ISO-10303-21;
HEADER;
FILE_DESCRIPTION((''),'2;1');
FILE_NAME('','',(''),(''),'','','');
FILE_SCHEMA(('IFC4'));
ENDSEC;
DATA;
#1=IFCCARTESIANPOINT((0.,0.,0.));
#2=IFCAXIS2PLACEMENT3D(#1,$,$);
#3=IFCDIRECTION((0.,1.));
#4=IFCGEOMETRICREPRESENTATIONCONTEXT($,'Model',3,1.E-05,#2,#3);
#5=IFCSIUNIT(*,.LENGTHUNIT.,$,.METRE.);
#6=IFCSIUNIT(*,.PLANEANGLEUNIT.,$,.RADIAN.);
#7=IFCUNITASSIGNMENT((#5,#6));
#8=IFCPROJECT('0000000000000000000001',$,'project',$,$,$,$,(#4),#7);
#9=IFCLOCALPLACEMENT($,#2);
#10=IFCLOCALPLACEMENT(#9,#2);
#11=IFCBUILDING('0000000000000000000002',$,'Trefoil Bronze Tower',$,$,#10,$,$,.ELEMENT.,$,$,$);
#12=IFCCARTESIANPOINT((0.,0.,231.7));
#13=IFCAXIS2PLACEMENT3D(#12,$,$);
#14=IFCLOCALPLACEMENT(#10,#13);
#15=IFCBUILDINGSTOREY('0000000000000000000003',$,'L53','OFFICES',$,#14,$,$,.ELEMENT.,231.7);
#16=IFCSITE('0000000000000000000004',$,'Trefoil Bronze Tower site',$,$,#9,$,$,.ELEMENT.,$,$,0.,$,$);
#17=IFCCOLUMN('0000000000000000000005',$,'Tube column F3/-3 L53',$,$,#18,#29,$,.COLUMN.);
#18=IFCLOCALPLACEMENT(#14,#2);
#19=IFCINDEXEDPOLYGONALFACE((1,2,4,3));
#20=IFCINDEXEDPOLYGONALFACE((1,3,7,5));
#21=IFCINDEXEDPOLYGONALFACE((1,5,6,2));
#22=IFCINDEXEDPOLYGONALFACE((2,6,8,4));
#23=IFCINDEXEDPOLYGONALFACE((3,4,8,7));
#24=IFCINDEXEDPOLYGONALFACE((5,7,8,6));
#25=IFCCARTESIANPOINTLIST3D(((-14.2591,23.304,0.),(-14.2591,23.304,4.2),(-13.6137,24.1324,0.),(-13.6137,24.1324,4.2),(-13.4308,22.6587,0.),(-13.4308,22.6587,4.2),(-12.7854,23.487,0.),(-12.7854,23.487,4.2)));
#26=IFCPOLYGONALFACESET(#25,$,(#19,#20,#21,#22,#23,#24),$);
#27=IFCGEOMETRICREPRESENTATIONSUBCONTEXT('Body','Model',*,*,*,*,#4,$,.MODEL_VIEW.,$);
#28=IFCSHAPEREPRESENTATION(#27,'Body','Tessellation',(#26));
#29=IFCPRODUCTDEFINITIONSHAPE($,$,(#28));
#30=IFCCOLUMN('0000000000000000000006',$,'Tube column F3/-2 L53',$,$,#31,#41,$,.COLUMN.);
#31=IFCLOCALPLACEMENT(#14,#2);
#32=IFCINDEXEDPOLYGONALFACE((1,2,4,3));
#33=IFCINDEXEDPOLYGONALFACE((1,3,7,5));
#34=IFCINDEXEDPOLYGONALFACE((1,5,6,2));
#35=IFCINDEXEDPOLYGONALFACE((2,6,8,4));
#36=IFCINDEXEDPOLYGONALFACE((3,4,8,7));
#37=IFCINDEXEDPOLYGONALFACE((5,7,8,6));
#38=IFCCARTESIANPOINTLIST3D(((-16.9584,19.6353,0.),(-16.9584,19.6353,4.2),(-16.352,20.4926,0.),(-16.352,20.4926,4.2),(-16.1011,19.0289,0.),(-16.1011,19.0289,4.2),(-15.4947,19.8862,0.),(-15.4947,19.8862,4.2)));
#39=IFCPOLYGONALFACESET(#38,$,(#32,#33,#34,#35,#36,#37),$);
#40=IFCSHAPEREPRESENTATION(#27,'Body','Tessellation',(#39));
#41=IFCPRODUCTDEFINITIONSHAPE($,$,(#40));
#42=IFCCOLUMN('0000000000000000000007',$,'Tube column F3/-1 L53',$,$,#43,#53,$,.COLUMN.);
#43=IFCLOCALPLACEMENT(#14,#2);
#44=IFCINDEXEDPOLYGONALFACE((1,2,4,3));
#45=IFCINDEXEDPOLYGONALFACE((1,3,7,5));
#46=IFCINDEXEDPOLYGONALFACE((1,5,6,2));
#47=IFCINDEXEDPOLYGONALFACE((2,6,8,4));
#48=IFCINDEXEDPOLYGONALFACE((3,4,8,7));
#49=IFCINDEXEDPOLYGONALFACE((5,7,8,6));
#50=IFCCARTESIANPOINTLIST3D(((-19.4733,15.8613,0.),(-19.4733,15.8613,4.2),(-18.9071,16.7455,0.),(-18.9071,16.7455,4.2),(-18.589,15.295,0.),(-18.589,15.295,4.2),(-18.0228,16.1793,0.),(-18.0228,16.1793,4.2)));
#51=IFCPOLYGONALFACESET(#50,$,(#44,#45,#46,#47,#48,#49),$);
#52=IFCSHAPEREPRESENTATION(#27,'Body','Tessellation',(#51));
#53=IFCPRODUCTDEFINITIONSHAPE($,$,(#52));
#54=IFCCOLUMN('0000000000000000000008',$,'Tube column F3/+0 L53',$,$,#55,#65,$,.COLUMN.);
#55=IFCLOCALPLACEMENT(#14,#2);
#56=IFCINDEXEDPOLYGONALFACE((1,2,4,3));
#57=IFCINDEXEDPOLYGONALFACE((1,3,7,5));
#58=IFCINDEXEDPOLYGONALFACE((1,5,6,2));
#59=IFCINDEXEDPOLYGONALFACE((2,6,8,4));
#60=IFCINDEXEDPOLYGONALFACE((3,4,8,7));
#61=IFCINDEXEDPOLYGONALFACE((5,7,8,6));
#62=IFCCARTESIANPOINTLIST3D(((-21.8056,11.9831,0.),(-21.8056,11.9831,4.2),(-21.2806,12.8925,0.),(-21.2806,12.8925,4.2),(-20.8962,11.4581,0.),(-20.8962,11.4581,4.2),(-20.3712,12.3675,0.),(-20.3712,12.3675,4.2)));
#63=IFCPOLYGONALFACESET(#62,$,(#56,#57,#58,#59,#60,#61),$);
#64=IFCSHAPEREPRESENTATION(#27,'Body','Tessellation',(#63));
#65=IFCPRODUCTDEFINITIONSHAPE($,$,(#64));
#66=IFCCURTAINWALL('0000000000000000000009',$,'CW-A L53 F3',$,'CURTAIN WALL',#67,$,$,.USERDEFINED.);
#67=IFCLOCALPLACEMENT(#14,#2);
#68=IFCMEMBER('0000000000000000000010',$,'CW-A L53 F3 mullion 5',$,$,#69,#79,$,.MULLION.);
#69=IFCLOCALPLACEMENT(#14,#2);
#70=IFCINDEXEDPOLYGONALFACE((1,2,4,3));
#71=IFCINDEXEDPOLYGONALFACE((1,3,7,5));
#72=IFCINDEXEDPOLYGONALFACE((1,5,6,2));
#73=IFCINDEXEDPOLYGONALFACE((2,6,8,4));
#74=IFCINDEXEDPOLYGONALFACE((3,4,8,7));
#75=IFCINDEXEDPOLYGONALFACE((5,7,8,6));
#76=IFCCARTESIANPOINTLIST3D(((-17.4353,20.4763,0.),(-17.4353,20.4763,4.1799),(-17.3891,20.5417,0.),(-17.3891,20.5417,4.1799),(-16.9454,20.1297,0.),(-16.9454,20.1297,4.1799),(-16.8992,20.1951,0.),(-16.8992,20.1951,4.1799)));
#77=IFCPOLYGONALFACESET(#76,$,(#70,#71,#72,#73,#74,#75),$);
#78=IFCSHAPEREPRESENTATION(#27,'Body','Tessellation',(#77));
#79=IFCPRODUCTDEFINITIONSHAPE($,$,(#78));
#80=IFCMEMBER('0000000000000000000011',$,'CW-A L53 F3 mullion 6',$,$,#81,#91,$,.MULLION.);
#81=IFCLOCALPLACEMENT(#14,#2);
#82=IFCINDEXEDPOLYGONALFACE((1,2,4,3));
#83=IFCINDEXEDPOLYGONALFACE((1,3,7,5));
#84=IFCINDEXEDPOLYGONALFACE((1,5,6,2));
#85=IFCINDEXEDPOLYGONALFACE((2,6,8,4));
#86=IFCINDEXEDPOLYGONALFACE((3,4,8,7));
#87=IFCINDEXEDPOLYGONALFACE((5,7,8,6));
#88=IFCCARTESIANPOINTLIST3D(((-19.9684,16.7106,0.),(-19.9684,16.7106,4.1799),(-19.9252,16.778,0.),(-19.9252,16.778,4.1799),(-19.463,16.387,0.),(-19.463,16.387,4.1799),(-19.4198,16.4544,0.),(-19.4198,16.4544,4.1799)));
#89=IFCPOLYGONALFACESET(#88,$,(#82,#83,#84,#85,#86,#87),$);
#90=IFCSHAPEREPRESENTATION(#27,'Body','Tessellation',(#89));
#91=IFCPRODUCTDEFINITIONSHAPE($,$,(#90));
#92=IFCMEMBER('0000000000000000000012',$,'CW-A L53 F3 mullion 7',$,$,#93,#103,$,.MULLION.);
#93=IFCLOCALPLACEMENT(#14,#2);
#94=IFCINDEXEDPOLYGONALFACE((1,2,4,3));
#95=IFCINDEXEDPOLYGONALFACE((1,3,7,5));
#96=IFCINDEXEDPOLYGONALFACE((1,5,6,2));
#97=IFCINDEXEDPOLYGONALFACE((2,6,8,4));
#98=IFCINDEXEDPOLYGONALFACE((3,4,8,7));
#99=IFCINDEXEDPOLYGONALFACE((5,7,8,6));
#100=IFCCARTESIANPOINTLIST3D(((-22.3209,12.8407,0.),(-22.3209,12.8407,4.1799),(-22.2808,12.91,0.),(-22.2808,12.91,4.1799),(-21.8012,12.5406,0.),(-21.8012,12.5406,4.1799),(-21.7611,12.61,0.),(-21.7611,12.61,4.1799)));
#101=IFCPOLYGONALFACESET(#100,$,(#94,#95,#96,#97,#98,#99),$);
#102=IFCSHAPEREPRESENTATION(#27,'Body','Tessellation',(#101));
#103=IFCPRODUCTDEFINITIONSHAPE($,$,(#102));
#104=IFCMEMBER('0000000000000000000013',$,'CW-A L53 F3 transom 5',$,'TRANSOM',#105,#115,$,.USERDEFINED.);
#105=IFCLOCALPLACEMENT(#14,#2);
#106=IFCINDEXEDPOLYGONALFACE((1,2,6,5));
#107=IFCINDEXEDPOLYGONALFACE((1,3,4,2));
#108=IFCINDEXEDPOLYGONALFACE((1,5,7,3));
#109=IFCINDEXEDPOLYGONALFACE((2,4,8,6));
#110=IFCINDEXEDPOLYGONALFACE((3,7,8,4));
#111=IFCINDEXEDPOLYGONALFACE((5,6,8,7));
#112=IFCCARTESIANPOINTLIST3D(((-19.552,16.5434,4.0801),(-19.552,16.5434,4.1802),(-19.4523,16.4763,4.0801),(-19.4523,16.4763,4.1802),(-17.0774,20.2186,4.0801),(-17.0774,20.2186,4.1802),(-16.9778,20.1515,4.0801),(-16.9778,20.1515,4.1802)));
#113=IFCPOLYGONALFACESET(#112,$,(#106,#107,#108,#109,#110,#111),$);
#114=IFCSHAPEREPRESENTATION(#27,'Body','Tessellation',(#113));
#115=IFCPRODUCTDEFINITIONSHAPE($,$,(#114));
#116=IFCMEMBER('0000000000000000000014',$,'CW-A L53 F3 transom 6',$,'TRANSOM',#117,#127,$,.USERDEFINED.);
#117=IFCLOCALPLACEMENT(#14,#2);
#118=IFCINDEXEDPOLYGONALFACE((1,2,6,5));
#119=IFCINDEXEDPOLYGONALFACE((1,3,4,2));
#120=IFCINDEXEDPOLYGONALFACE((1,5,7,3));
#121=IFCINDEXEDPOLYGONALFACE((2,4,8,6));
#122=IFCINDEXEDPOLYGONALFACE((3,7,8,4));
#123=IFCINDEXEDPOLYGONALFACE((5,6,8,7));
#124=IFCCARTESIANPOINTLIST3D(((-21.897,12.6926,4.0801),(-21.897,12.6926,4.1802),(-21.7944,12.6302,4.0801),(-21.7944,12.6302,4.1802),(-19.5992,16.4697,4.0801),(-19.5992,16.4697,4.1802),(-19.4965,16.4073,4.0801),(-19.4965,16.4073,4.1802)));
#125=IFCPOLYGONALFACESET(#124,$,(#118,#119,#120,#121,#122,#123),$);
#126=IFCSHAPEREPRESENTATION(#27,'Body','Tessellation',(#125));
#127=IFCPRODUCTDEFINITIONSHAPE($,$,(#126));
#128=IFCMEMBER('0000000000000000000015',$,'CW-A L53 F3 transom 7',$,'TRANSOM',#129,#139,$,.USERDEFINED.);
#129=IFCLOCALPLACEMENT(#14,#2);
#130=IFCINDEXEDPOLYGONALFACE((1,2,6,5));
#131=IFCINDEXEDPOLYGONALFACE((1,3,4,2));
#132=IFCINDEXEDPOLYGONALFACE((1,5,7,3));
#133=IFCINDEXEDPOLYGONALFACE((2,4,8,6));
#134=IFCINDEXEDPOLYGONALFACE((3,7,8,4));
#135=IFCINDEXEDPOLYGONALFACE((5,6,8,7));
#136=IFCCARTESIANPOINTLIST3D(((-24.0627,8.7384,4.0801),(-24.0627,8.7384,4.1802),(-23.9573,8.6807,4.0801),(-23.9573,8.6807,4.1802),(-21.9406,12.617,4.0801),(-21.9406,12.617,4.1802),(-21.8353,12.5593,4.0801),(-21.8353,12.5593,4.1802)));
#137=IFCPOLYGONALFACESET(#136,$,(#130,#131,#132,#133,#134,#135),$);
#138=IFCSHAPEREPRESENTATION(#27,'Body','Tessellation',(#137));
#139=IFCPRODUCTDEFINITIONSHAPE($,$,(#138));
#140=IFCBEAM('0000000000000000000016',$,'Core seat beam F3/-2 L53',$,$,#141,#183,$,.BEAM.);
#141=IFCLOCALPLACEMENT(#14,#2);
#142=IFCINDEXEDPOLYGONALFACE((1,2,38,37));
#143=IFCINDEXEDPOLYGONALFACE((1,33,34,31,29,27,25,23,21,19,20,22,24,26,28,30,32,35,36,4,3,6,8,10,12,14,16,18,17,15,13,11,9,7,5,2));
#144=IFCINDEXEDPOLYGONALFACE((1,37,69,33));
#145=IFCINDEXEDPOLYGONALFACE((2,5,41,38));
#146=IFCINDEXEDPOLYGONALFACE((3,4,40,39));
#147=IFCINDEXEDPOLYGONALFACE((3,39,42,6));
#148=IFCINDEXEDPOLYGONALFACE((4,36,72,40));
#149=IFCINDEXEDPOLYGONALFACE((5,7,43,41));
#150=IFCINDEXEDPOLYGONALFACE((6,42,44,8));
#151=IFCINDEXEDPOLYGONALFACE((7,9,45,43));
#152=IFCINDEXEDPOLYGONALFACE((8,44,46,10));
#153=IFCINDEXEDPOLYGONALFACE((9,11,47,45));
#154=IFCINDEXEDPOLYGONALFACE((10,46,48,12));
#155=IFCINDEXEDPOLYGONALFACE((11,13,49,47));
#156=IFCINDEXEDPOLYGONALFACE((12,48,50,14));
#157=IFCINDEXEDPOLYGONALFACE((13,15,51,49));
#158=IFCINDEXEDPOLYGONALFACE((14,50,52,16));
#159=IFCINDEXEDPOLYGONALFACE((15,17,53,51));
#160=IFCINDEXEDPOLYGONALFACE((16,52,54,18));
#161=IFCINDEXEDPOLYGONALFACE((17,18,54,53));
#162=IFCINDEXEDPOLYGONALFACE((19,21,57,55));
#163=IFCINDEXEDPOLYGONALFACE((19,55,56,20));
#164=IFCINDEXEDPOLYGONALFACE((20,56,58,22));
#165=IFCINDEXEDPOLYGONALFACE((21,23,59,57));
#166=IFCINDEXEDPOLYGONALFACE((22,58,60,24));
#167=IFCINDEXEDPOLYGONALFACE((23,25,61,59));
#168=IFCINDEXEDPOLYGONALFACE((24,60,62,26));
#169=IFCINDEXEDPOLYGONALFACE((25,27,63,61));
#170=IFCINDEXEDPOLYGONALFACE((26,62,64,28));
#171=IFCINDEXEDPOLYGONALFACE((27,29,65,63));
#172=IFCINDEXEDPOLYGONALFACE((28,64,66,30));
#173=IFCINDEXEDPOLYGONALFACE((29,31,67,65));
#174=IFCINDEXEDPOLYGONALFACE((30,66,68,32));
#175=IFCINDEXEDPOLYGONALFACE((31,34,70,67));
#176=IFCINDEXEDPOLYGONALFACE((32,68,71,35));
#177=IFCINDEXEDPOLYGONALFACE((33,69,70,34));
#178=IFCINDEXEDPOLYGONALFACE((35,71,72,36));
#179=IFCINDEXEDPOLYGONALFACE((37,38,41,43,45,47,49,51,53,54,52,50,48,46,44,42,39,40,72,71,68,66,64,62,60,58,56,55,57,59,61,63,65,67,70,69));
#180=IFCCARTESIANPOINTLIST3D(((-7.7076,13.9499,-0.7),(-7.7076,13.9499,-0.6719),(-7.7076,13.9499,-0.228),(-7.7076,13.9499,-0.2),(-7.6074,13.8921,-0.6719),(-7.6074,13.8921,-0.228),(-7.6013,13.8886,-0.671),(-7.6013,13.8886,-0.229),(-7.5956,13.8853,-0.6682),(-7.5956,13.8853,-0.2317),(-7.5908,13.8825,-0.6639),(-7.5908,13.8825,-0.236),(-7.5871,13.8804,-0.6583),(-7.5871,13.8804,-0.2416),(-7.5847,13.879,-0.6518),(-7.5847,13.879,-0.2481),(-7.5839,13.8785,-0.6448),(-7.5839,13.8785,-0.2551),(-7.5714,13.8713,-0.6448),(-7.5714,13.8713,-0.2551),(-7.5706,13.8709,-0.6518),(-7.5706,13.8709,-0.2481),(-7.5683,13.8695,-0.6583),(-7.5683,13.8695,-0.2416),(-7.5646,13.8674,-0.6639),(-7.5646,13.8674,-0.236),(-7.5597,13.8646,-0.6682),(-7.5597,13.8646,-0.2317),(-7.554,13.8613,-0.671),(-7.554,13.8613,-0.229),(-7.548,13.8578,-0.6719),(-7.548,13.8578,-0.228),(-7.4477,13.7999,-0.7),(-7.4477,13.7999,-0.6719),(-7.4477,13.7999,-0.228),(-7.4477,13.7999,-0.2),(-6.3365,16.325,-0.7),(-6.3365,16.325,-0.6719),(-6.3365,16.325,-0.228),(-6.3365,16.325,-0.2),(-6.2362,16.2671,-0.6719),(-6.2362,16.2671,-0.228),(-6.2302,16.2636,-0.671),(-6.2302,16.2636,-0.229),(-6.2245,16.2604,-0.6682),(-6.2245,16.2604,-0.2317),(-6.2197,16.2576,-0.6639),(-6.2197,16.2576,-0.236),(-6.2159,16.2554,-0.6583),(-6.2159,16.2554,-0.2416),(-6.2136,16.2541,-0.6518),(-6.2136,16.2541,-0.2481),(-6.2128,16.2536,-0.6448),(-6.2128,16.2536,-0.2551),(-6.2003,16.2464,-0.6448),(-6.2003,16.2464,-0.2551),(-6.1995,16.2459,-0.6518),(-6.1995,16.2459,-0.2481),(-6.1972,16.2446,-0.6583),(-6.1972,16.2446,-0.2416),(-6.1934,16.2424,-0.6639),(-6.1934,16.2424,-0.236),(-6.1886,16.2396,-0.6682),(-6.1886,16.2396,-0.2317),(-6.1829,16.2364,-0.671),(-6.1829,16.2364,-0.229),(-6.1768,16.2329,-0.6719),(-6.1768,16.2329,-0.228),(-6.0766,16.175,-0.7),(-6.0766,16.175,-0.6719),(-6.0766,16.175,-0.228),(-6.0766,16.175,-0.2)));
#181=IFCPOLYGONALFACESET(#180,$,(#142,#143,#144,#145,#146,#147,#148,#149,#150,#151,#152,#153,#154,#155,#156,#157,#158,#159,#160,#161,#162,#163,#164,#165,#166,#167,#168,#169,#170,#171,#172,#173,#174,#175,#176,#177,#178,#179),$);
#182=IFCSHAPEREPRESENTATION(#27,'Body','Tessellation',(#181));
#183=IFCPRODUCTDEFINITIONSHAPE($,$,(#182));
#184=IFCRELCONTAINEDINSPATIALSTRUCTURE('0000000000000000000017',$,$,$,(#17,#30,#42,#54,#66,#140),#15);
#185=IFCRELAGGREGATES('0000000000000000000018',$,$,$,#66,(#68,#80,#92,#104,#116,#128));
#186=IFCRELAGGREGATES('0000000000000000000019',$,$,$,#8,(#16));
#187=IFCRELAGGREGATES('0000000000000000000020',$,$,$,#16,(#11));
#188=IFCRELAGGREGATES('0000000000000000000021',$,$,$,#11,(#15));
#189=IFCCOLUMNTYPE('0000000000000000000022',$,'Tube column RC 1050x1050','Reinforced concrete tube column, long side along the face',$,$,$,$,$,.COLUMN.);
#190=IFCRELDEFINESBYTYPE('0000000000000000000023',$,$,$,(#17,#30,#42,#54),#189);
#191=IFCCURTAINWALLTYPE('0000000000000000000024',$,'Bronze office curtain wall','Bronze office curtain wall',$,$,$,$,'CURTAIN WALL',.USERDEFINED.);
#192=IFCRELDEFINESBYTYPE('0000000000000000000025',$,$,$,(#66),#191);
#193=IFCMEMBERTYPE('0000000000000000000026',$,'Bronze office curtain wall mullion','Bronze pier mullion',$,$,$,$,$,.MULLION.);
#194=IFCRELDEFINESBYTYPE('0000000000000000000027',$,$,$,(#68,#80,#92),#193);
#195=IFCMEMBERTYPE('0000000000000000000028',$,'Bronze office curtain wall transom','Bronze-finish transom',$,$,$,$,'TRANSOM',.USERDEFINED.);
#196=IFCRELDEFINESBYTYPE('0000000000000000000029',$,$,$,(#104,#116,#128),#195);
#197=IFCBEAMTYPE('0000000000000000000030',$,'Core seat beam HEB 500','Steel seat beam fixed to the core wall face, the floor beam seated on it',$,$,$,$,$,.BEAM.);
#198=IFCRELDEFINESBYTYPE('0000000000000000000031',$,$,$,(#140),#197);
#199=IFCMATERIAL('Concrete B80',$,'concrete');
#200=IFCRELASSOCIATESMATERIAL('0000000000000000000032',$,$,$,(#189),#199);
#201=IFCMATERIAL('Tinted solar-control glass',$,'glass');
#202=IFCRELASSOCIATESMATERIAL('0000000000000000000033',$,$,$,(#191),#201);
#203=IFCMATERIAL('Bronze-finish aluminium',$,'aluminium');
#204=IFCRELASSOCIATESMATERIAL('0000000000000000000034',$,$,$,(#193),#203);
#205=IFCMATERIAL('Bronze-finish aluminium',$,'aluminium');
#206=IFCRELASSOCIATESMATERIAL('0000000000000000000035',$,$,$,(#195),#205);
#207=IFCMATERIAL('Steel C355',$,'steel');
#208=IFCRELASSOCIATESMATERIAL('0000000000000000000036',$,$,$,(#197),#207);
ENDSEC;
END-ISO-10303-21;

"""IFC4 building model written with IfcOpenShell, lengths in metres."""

from ifc_helpers import new_model, si_unit, direction, frame, origin, origin_2d, place, context, subcontext, project, spatial, rectangle, i_section, extrude, material, material_profile, profile_set, type_object, element, aggregate, save


model = new_model("IFC4")

# Units and contexts
model_context = context("Model", 3, precision=1e-05, world=origin(), true_north=direction((0.0, 1.0)))
body_context = subcontext(model_context, "Body", "Model", "MODEL_VIEW")
ifc_project = project(units=[si_unit("LENGTHUNIT", "METRE"), si_unit("PLANEANGLEUNIT", "RADIAN")], contexts=[model_context])

# Site, building, storey
site_placement = place(None, origin())
site = spatial("IfcSite", under=ifc_project, at=site_placement, Name="Trefoil Bronze Tower site", CompositionType="ELEMENT", RefElevation=0.0)
building_placement = place(site_placement, origin())
building = spatial("IfcBuilding", under=site, at=building_placement, Name="Trefoil Bronze Tower", CompositionType="ELEMENT")
storey_placement = place(building_placement, frame((0.0, 0.0, 231.7)))
storey = spatial("IfcBuildingStorey", under=building, at=storey_placement, Name="L53", Description="OFFICES", CompositionType="ELEMENT", Elevation=231.7)

# Columns
ifc_material_1 = material(Name="Concrete B80", Category="concrete")
ifc_material_profile_1 = material_profile(ifc_material_1, rectangle(XDim=1.05, YDim=1.05, at=origin_2d()), Name="RC 1050x1050")
ifc_profile_set_1 = profile_set([ifc_material_profile_1], Name="Concrete B80")
column_type = type_object("IfcColumnType", Name="Tube column RC 1050x1050", Description="Reinforced concrete tube column, long side along the face", PredefinedType="COLUMN", material=ifc_profile_set_1)
for number, where, z_axis, x_axis, name in (
    (1, (-13.5222, 23.3955, 0.0), (0.0, 0.0, 1.0), (-0.614622, -0.788821, 0.0), "Tube column F3/-3 L53"),
    (2, (-16.2266, 19.7607, 0.0), (0.0, 0.0, 1.0), (-0.577481, -0.816404, 0.0), "Tube column F3/-2 L53"),
    (3, (-18.748, 16.0203, 0.0), (0.0, 0.0, 1.0), (-0.53927, -0.842133, 0.0), "Tube column F3/-1 L53"),
    (4, (-21.0884, 12.1753, 0.0), (0.0, 0.0, 1.0), (-0.5, -0.866025, 0.0), "Tube column F3/+0 L53"),
):
    element("IfcColumn", number, at=place(storey_placement, frame(where, z_axis=z_axis, x_axis=x_axis)), inside=storey, type_object=column_type, Name=name, PredefinedType="COLUMN", context=body_context, shape_type="SweptSolid", body=[
        extrude(rectangle(XDim=1.05, YDim=1.05, at=origin_2d()), origin(), (0.0, 0.0, 1.0), 4.2),
    ])

# Curtain wall, members
ifc_material_2 = material(Name="Tinted solar-control glass", Category="glass")
curtain_wall_type = type_object("IfcCurtainWallType", Name="Bronze office curtain wall", Description="Bronze office curtain wall", ElementType="CURTAIN WALL", PredefinedType="USERDEFINED", material=ifc_material_2)
curtain_wall_placement = place(storey_placement, origin())
curtain_wall = element("IfcCurtainWall", 5, at=curtain_wall_placement, inside=storey, type_object=curtain_wall_type, Name="CW-A L53 F3", ObjectType="CURTAIN WALL", PredefinedType="USERDEFINED")
ifc_material_3 = material(Name="Bronze-finish aluminium", Category="aluminium")
ifc_material_profile_2 = material_profile(ifc_material_3, rectangle(XDim=0.6001, YDim=0.0801, at=origin_2d()), Name="CW-A mullion")
ifc_profile_set_2 = profile_set([ifc_material_profile_2], Name="Bronze-finish aluminium")
member_type_1 = type_object("IfcMemberType", Name="Bronze office curtain wall mullion", Description="Bronze pier mullion", PredefinedType="MULLION", material=ifc_profile_set_2)
member_1_placement = place(storey_placement, frame((-17.1672, 20.3357, 0.0), z_axis=(0.0, 0.0, 1.0), x_axis=(0.816404, -0.577481, 0.0)))
member_1 = element("IfcMember", 6, at=member_1_placement, type_object=member_type_1, Name="CW-A L53 F3 mullion 5", PredefinedType="MULLION", context=body_context, shape_type="SweptSolid", body=[
    extrude(rectangle(XDim=0.6001, YDim=0.0801, at=origin_2d()), origin(), (0.0, 0.0, 1.0), 4.1799),
])
member_2_placement = place(storey_placement, frame((-19.6941, 16.5825, 0.0), z_axis=(0.0, 0.0, 1.0), x_axis=(0.842133, -0.53927, 0.0)))
member_2 = element("IfcMember", 7, at=member_2_placement, type_object=member_type_1, Name="CW-A L53 F3 mullion 6", PredefinedType="MULLION", context=body_context, shape_type="SweptSolid", body=[
    extrude(rectangle(XDim=0.6001, YDim=0.0801, at=origin_2d()), origin(), (0.0, 0.0, 1.0), 4.1799),
])
member_3_placement = place(storey_placement, frame((-22.041, 12.7253, 0.0), z_axis=(0.0, 0.0, 1.0), x_axis=(0.866025, -0.5, 0.0)))
member_3 = element("IfcMember", 8, at=member_3_placement, type_object=member_type_1, Name="CW-A L53 F3 mullion 7", PredefinedType="MULLION", context=body_context, shape_type="SweptSolid", body=[
    extrude(rectangle(XDim=0.6001, YDim=0.0801, at=origin_2d()), origin(), (0.0, 0.0, 1.0), 4.1799),
])
ifc_material_4 = material(Name="Bronze-finish aluminium", Category="aluminium")
ifc_material_profile_3 = material_profile(ifc_material_4, rectangle(XDim=0.1201, YDim=0.1001, at=origin_2d()), Name="CW-A transom")
ifc_profile_set_3 = profile_set([ifc_material_profile_3], Name="Bronze-finish aluminium")
member_type_2 = type_object("IfcMemberType", Name="Bronze office curtain wall transom", Description="Bronze-finish transom", ElementType="TRANSOM", PredefinedType="USERDEFINED", material=ifc_profile_set_3)
member_4_placement = place(storey_placement, frame((-17.0276, 20.1851, 4.1301), z_axis=(-0.558509, -0.829498, 0.0), x_axis=(0.829498, -0.558509, 0.0)))
member_4 = element("IfcMember", 9, at=member_4_placement, type_object=member_type_2, Name="CW-A L53 F3 transom 5", ObjectType="TRANSOM", PredefinedType="USERDEFINED", context=body_context, shape_type="SweptSolid", body=[
    extrude(rectangle(XDim=0.1201, YDim=0.1001, at=origin_2d()), origin(), (0.0, 0.0, 1.0), 4.4307),
])
member_5_placement = place(storey_placement, frame((-19.5479, 16.4385, 4.1301), z_axis=(-0.51974, -0.854324, 0.0), x_axis=(0.854324, -0.51974, 0.0)))
member_5 = element("IfcMember", 10, at=member_5_placement, type_object=member_type_2, Name="CW-A L53 F3 transom 6", ObjectType="TRANSOM", PredefinedType="USERDEFINED", context=body_context, shape_type="SweptSolid", body=[
    extrude(rectangle(XDim=0.1201, YDim=0.1001, at=origin_2d()), origin(), (0.0, 0.0, 1.0), 4.4211),
])
member_6_placement = place(storey_placement, frame((-21.8879, 12.5881, 4.1301), z_axis=(-0.479974, -0.877283, 0.0), x_axis=(0.877283, -0.479974, 0.0)))
member_6 = element("IfcMember", 11, at=member_6_placement, type_object=member_type_2, Name="CW-A L53 F3 transom 7", ObjectType="TRANSOM", PredefinedType="USERDEFINED", context=body_context, shape_type="SweptSolid", body=[
    extrude(rectangle(XDim=0.1201, YDim=0.1001, at=origin_2d()), origin(), (0.0, 0.0, 1.0), 4.4211),
])

# Beam
ifc_material_5 = material(Name="Steel C355", Category="steel")
ifc_material_profile_4 = material_profile(ifc_material_5, i_section(OverallWidth=0.3, OverallDepth=0.5, WebThickness=0.0144, FlangeThickness=0.0281, FilletRadius=0.0271, at=origin_2d()), Name="HEB 500")
ifc_profile_set_4 = profile_set([ifc_material_profile_4], Name="Steel C355")
beam_type_1 = type_object("IfcBeamType", Name="Core seat beam HEB 500", Description="Steel seat beam fixed to the core wall face, the floor beam seated on it", PredefinedType="BEAM", material=ifc_profile_set_4)
beam_1_placement = place(storey_placement, frame((-6.2065, 16.25, -0.45), z_axis=(-0.499969, -0.866043, 0.0), x_axis=(0.866043, -0.499969, 0.0)))
element("IfcBeam", 12, at=beam_1_placement, inside=storey, type_object=beam_type_1, Name="Core seat beam F3/-2 L53", PredefinedType="BEAM", context=body_context, shape_type="SweptSolid", body=[
    extrude(i_section(OverallWidth=0.3, OverallDepth=0.5, WebThickness=0.0144, FlangeThickness=0.0281, FilletRadius=0.0271, at=origin_2d()), origin(), (0.0, 0.0, 1.0), 2.7424),
])

aggregate(curtain_wall, [member_1, member_2, member_3, member_4, member_5, member_6])

save(model, "model.ifc")
